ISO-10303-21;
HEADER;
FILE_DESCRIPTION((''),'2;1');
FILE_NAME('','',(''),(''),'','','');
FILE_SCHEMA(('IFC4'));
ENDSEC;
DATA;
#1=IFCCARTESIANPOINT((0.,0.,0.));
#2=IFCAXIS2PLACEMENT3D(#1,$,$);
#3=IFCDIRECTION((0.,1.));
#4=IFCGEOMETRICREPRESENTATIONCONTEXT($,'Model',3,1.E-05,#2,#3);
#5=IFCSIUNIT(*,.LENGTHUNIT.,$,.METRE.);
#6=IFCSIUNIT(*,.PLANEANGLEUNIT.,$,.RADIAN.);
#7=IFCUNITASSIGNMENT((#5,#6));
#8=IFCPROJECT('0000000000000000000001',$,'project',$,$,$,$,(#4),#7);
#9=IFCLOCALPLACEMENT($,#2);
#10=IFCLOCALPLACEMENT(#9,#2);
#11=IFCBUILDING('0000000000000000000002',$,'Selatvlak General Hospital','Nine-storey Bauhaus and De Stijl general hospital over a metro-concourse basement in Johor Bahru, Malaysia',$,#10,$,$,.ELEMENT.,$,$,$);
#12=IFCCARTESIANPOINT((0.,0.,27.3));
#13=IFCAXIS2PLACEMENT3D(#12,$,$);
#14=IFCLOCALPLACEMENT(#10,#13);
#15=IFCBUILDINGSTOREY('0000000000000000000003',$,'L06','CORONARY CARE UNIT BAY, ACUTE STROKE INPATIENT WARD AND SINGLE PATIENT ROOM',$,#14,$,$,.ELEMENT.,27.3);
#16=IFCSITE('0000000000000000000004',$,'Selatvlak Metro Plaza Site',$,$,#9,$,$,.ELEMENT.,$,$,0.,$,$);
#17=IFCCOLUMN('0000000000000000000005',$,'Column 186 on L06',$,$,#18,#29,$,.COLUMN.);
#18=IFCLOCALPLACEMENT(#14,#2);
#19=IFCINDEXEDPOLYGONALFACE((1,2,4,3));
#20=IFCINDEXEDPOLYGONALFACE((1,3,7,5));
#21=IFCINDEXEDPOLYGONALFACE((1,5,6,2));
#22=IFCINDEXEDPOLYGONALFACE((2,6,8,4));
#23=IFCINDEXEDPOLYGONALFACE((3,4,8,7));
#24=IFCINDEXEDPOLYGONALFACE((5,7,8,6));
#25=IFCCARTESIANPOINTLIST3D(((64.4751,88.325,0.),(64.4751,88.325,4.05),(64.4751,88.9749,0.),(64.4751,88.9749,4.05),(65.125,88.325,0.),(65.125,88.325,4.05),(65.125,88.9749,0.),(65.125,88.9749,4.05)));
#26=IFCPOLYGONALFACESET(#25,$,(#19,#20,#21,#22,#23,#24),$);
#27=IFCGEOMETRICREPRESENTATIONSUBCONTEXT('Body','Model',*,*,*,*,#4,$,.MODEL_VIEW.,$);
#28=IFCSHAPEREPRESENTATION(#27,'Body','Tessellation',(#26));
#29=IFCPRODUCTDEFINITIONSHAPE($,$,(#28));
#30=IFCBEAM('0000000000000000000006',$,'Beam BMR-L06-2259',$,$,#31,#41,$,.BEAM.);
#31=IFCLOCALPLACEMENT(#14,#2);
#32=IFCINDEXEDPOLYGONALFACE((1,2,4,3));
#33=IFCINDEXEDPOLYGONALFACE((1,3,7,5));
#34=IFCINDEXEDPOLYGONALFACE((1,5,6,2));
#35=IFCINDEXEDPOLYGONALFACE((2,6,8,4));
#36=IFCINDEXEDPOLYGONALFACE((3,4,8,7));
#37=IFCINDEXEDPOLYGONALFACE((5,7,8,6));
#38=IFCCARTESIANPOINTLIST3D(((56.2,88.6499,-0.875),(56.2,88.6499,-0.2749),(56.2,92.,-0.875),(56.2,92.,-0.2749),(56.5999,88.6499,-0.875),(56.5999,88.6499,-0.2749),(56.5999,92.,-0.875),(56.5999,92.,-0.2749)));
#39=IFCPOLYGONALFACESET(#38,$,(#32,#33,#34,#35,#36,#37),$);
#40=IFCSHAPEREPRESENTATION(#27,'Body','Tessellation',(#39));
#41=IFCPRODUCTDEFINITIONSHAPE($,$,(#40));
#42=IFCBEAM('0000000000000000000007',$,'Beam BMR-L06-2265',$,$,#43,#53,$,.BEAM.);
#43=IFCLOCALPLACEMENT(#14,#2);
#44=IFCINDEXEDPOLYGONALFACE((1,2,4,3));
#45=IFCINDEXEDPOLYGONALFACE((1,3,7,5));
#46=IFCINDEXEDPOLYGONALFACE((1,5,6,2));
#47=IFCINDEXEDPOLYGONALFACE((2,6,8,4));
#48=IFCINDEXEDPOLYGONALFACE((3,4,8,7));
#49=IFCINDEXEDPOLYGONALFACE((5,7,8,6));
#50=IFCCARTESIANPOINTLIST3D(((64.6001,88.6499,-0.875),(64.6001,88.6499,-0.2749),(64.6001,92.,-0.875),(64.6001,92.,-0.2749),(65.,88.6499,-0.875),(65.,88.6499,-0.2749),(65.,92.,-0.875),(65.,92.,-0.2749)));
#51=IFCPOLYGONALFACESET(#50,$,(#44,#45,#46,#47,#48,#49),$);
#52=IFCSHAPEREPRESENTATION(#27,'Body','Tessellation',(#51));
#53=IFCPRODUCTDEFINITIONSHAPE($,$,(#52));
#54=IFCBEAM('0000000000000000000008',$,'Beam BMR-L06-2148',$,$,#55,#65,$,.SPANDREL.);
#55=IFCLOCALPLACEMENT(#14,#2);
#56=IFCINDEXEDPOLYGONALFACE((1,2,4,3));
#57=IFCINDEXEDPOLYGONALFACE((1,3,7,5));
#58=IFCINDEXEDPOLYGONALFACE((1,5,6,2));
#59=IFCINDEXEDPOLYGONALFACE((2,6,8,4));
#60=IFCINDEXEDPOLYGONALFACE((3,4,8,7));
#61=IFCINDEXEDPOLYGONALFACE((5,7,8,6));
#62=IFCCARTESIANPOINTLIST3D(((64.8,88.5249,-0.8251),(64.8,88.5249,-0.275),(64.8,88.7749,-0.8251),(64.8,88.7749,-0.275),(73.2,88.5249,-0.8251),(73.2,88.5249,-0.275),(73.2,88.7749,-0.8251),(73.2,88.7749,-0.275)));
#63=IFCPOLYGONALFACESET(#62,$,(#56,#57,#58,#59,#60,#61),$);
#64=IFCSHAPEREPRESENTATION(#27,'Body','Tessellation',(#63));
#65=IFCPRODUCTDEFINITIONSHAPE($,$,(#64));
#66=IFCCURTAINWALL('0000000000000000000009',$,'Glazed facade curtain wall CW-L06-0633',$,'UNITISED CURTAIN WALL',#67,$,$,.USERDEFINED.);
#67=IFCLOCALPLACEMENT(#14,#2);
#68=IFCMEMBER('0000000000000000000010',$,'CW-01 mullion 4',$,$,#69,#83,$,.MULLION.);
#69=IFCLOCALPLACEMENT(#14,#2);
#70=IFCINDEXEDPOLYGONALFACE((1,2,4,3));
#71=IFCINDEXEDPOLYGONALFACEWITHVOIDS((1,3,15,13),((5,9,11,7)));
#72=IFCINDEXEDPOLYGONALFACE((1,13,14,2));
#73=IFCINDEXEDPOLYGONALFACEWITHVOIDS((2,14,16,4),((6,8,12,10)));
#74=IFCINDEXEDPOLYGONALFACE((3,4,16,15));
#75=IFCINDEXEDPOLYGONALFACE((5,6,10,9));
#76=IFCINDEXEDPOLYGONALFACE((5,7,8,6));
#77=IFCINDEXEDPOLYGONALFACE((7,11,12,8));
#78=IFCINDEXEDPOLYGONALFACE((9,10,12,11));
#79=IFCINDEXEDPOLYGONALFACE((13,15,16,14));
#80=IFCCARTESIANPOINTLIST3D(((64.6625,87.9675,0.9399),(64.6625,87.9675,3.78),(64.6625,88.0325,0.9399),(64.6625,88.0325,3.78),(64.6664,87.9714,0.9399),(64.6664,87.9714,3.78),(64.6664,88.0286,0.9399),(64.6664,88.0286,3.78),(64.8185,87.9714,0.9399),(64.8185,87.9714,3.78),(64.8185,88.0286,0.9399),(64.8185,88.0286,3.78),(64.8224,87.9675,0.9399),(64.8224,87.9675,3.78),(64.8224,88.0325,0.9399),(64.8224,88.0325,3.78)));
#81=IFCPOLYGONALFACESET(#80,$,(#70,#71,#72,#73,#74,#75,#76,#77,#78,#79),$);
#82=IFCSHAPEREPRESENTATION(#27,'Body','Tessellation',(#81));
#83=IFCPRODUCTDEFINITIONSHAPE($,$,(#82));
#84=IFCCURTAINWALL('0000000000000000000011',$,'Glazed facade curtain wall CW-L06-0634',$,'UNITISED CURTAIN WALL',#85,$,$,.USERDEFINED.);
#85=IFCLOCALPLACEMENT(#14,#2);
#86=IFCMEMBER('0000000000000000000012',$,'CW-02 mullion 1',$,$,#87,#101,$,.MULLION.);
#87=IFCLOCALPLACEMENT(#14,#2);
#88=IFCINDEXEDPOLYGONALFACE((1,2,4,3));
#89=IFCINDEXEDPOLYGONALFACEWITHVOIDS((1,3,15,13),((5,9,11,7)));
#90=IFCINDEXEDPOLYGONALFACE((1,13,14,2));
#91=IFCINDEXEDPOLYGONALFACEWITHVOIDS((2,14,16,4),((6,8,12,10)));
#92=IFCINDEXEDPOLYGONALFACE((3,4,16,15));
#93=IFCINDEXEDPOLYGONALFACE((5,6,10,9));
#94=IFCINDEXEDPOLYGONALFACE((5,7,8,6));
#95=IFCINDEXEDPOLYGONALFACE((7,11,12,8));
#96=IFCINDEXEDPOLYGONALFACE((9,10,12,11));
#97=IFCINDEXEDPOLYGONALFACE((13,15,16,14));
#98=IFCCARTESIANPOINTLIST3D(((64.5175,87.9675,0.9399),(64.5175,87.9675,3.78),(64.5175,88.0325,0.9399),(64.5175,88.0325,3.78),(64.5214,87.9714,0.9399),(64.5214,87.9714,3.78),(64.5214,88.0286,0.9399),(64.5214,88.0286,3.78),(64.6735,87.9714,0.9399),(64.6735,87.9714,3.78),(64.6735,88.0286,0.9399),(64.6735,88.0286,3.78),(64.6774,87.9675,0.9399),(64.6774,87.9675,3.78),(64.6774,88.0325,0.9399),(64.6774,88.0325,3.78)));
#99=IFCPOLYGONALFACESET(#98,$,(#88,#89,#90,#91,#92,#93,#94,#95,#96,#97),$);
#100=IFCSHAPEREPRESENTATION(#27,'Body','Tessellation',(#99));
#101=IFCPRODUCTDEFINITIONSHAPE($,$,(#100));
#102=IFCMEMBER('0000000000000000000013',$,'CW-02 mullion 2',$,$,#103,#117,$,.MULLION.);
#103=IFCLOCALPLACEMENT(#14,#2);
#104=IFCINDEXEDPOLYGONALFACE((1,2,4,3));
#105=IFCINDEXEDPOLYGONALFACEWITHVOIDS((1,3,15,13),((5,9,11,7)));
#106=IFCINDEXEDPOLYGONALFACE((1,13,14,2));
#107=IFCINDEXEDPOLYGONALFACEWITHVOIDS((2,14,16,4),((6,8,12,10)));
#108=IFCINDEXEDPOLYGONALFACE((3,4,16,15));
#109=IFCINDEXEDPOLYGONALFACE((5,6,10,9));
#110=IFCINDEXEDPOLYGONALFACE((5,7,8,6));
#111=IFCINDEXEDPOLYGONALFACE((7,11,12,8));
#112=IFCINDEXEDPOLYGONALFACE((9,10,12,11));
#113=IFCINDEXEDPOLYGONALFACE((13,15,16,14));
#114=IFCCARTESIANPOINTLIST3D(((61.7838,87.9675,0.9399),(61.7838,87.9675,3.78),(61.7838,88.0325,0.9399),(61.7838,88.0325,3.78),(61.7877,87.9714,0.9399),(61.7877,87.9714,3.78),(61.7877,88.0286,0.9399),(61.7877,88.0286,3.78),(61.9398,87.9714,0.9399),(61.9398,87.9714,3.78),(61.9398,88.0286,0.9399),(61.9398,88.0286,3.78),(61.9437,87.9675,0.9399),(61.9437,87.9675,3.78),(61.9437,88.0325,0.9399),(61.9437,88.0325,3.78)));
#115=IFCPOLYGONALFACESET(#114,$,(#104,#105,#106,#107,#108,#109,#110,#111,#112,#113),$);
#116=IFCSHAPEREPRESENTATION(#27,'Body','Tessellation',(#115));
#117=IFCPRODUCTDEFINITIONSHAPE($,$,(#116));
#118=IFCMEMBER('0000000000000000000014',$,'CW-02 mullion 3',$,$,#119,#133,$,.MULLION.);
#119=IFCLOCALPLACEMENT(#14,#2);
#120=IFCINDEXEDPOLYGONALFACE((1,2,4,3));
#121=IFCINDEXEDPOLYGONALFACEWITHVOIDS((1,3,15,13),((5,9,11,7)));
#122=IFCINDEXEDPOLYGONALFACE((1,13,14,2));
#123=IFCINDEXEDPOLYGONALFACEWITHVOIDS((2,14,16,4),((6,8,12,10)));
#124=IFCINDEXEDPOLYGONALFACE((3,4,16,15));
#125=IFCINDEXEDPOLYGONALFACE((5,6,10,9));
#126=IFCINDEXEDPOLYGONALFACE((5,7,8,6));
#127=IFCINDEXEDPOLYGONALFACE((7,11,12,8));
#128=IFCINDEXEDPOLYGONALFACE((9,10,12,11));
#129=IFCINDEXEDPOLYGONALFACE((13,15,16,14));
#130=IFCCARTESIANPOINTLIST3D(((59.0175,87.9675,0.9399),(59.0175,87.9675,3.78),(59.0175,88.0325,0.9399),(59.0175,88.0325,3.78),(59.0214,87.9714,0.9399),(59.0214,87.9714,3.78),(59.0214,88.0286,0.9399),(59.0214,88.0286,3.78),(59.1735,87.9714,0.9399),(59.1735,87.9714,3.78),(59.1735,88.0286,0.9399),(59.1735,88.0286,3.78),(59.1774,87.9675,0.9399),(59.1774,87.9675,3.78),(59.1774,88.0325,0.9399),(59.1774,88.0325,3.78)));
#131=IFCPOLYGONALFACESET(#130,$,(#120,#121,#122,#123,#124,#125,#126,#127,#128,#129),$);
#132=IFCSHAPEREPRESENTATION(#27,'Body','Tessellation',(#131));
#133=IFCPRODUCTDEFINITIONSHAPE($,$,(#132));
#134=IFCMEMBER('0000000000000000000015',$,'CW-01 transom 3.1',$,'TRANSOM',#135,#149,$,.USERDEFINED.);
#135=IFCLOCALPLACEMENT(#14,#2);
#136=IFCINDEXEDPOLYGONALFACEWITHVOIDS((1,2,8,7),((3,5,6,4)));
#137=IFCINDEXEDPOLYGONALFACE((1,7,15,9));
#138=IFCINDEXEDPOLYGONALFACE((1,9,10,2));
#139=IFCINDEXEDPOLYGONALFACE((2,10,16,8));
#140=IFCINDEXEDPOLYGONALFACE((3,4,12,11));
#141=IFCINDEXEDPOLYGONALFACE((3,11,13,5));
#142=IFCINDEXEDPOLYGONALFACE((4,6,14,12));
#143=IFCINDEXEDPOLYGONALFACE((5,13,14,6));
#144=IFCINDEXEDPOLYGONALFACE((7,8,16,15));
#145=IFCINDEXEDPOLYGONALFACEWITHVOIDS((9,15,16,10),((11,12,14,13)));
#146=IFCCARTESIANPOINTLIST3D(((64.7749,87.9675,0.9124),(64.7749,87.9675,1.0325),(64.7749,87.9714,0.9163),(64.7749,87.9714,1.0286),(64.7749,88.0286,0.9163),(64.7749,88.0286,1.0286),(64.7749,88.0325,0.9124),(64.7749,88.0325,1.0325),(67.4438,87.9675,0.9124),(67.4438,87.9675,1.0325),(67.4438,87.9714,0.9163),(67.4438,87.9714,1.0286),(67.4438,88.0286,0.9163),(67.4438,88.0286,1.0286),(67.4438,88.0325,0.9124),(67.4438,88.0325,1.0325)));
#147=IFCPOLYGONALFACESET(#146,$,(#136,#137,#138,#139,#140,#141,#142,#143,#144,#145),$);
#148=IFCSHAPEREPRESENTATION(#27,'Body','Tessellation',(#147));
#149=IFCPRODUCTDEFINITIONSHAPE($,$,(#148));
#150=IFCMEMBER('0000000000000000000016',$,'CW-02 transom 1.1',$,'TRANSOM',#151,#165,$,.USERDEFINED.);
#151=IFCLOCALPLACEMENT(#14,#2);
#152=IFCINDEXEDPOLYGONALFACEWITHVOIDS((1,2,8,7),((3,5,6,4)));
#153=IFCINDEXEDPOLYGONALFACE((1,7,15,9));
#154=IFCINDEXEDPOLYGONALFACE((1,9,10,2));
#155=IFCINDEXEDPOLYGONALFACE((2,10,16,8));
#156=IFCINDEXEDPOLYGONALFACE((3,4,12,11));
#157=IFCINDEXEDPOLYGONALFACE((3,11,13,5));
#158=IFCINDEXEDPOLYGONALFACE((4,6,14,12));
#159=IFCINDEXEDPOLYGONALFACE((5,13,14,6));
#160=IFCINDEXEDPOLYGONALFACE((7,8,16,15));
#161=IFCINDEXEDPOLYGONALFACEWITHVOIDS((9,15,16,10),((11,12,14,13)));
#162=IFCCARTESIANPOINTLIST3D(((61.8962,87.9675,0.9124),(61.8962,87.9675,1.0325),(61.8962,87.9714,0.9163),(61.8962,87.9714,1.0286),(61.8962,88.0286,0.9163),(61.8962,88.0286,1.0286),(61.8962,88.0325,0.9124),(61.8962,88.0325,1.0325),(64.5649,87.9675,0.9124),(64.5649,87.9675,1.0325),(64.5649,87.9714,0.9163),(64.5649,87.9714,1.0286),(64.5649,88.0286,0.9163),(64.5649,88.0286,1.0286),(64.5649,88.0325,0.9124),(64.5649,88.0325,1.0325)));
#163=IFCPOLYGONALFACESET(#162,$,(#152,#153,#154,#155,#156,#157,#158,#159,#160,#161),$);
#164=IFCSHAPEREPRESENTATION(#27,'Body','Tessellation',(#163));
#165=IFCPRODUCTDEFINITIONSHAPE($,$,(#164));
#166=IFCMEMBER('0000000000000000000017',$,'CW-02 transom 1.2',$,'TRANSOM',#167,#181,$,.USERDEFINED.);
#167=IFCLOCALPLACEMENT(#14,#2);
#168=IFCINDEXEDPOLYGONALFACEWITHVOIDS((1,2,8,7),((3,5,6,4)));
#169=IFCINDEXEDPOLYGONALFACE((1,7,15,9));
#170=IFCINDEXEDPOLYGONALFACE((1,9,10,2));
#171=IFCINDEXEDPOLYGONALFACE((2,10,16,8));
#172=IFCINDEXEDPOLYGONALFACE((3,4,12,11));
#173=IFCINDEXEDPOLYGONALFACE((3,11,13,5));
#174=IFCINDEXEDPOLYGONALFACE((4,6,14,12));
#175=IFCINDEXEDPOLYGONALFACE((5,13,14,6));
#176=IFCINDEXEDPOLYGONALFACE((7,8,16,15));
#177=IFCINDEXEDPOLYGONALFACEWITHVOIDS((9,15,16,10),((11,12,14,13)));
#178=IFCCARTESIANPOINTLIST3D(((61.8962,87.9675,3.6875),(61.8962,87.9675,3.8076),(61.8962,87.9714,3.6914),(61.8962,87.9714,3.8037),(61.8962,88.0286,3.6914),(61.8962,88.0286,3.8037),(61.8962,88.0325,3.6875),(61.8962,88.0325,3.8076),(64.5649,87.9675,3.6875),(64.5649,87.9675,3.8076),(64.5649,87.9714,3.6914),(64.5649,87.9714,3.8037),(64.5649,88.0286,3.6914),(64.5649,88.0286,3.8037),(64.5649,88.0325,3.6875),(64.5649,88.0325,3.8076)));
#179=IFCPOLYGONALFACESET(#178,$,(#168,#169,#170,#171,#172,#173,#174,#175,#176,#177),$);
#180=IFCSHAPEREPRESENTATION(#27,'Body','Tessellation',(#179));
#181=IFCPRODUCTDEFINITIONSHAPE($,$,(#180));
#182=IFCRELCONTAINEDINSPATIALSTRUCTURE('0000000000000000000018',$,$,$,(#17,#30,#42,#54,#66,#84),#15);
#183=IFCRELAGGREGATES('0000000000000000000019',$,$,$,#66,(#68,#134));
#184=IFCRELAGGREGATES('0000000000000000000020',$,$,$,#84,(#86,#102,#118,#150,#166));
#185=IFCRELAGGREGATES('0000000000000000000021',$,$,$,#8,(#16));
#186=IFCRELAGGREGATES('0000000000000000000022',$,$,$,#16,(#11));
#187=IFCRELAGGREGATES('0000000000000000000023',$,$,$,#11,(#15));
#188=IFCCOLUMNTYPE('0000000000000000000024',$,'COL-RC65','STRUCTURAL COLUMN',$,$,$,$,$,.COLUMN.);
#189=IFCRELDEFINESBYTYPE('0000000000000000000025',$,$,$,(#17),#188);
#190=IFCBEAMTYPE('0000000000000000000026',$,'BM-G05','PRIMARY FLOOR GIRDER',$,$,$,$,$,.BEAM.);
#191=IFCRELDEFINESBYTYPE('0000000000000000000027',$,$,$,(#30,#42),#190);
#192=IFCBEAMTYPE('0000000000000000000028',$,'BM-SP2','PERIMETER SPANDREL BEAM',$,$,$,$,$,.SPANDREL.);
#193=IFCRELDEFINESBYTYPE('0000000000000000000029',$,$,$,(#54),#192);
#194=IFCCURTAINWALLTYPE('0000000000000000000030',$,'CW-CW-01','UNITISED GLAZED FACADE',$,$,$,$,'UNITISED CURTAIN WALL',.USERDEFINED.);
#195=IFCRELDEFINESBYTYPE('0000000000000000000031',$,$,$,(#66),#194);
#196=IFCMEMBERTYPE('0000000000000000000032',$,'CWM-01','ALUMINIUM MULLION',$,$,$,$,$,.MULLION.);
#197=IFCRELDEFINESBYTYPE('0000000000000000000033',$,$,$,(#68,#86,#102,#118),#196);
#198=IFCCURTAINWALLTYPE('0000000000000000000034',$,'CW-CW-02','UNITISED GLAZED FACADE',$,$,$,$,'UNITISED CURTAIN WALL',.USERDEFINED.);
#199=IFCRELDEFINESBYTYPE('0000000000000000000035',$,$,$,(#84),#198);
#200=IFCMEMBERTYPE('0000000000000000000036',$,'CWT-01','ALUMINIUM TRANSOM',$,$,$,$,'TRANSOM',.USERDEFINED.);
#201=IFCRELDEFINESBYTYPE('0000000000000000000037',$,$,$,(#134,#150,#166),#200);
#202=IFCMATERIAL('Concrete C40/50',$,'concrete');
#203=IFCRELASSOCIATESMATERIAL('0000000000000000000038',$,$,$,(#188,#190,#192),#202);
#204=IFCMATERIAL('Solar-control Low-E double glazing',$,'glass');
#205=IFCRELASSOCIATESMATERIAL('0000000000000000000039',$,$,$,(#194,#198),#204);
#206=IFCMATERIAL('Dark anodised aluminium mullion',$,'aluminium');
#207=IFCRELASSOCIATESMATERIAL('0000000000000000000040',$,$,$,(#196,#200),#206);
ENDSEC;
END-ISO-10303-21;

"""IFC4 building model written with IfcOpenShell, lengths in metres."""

from ifc_helpers import new_model, si_unit, direction, frame, origin, origin_2d, place, context, subcontext, project, spatial, rectangle, hollow_rectangle, extrude, material, material_profile, profile_set, type_object, element, aggregate, save


model = new_model("IFC4")

# Units and contexts
model_context = context("Model", 3, precision=1e-05, world=origin(), true_north=direction((0.0, 1.0)))
body_context = subcontext(model_context, "Body", "Model", "MODEL_VIEW")
ifc_project = project(units=[si_unit("LENGTHUNIT", "METRE"), si_unit("PLANEANGLEUNIT", "RADIAN")], contexts=[model_context])

# Site, building, storey
site_placement = place(None, origin())
site = spatial("IfcSite", under=ifc_project, at=site_placement, Name="Selatvlak Metro Plaza Site", CompositionType="ELEMENT", RefElevation=0.0)
building_placement = place(site_placement, origin())
building = spatial("IfcBuilding", under=site, at=building_placement, Name="Selatvlak General Hospital", Description="Nine-storey Bauhaus and De Stijl general hospital over a metro-concourse basement in Johor Bahru, Malaysia", CompositionType="ELEMENT")
storey_placement = place(building_placement, frame((0.0, 0.0, 27.3)))
storey = spatial("IfcBuildingStorey", under=building, at=storey_placement, Name="L06", Description="CORONARY CARE UNIT BAY, ACUTE STROKE INPATIENT WARD AND SINGLE PATIENT ROOM", CompositionType="ELEMENT", Elevation=27.3)

# Column
ifc_material_1 = material(Name="Concrete C40/50", Category="concrete")
ifc_material_profile_1 = material_profile(ifc_material_1, rectangle(XDim=0.6499, YDim=0.6499, at=origin_2d()), Name="RC-COL 650x650")
ifc_profile_set_1 = profile_set([ifc_material_profile_1], Name="Concrete C40/50")
column_type = type_object("IfcColumnType", Name="COL-RC65", Description="STRUCTURAL COLUMN", PredefinedType="COLUMN", material=ifc_profile_set_1)
column_placement = place(storey_placement, frame((64.8, 88.6499, 0.0), z_axis=(0.0, 0.0, 1.0), x_axis=(1.0, 0.0, 0.0)))
element("IfcColumn", 1, at=column_placement, inside=storey, type_object=column_type, Name="Column 186 on L06", PredefinedType="COLUMN", context=body_context, shape_type="SweptSolid", body=[
    extrude(rectangle(XDim=0.6499, YDim=0.6499, at=origin_2d()), origin(), (0.0, 0.0, 1.0), 4.05),
])

# Beams
ifc_material_profile_2 = material_profile(ifc_material_1, rectangle(XDim=0.3999, YDim=0.6001, at=origin_2d()), Name="RC-BM 400x600")
ifc_profile_set_2 = profile_set([ifc_material_profile_2], Name="Concrete C40/50")
beam_type_1 = type_object("IfcBeamType", Name="BM-G05", Description="PRIMARY FLOOR GIRDER", PredefinedType="BEAM", material=ifc_profile_set_2)
for number, where, z_axis, x_axis, name in (
    (2, (56.3999, 88.6499, -0.575), (0.0, 1.0, 0.0), (-1.0, 0.0, 0.0), "Beam BMR-L06-2259"),
    (3, (64.8, 88.6499, -0.575), (0.0, 1.0, 0.0), (-1.0, 0.0, 0.0), "Beam BMR-L06-2265"),
):
    element("IfcBeam", number, at=place(storey_placement, frame(where, z_axis=z_axis, x_axis=x_axis)), inside=storey, type_object=beam_type_1, Name=name, PredefinedType="BEAM", context=body_context, shape_type="SweptSolid", body=[
        extrude(rectangle(XDim=0.3999, YDim=0.6001, at=origin_2d()), origin(), (0.0, 0.0, 1.0), 3.3501),
    ])
ifc_material_profile_3 = material_profile(ifc_material_1, rectangle(XDim=0.25, YDim=0.55, at=origin_2d()), Name="RC-SP 250x550")
ifc_profile_set_3 = profile_set([ifc_material_profile_3], Name="Concrete C40/50")
beam_type_2 = type_object("IfcBeamType", Name="BM-SP2", Description="PERIMETER SPANDREL BEAM", PredefinedType="SPANDREL", material=ifc_profile_set_3)
beam_placement = place(storey_placement, frame((64.8, 88.6499, -0.55), z_axis=(1.0, 0.0, 0.0), x_axis=(0.0, 1.0, 0.0)))
element("IfcBeam", 4, at=beam_placement, inside=storey, type_object=beam_type_2, Name="Beam BMR-L06-2148", PredefinedType="SPANDREL", context=body_context, shape_type="SweptSolid", body=[
    extrude(rectangle(XDim=0.25, YDim=0.55, at=origin_2d()), origin(), (0.0, 0.0, 1.0), 8.3999),
])

# Curtain wall, member
ifc_material_2 = material(Name="Solar-control Low-E double glazing", Category="glass")
curtain_wall_type_1 = type_object("IfcCurtainWallType", Name="CW-CW-01", Description="UNITISED GLAZED FACADE", ElementType="UNITISED CURTAIN WALL", PredefinedType="USERDEFINED", material=ifc_material_2)
curtain_wall_1_placement = place(storey_placement, origin())
curtain_wall_1 = element("IfcCurtainWall", 5, at=curtain_wall_1_placement, inside=storey, type_object=curtain_wall_type_1, Name="Glazed facade curtain wall CW-L06-0633", ObjectType="UNITISED CURTAIN WALL", PredefinedType="USERDEFINED")
ifc_material_3 = material(Name="Dark anodised aluminium mullion", Category="aluminium")
ifc_material_profile_4 = material_profile(ifc_material_3, hollow_rectangle(XDim=0.0649, YDim=0.1599, WallThickness=0.0039, at=origin_2d()), Name="AL-MUL 65x160x4")
ifc_profile_set_4 = profile_set([ifc_material_profile_4], Name="Dark anodised aluminium mullion")
member_type_1 = type_object("IfcMemberType", Name="CWM-01", Description="ALUMINIUM MULLION", PredefinedType="MULLION", material=ifc_profile_set_4)
member_1_placement = place(storey_placement, frame((64.7424, 88.0, 0.9399), z_axis=(0.0, 0.0, 1.0), x_axis=(0.0, -1.0, 0.0)))
member_1 = element("IfcMember", 6, at=member_1_placement, type_object=member_type_1, Name="CW-01 mullion 4", PredefinedType="MULLION", context=body_context, shape_type="SweptSolid", body=[
    extrude(hollow_rectangle(XDim=0.0649, YDim=0.1599, WallThickness=0.0039, at=origin_2d()), origin(), (0.0, 0.0, 1.0), 2.8401),
])

# Curtain wall, members
curtain_wall_type_2 = type_object("IfcCurtainWallType", Name="CW-CW-02", Description="UNITISED GLAZED FACADE", ElementType="UNITISED CURTAIN WALL", PredefinedType="USERDEFINED", material=ifc_material_2)
curtain_wall_2_placement = place(storey_placement, origin())
curtain_wall_2 = element("IfcCurtainWall", 7, at=curtain_wall_2_placement, inside=storey, type_object=curtain_wall_type_2, Name="Glazed facade curtain wall CW-L06-0634", ObjectType="UNITISED CURTAIN WALL", PredefinedType="USERDEFINED")
member_2_placement = place(storey_placement, frame((64.5974, 88.0, 0.9399), z_axis=(0.0, 0.0, 1.0), x_axis=(0.0, -1.0, 0.0)))
member_2 = element("IfcMember", 8, at=member_2_placement, type_object=member_type_1, Name="CW-02 mullion 1", PredefinedType="MULLION", context=body_context, shape_type="SweptSolid", body=[
    extrude(hollow_rectangle(XDim=0.0649, YDim=0.1599, WallThickness=0.0039, at=origin_2d()), origin(), (0.0, 0.0, 1.0), 2.8401),
])
member_3_placement = place(storey_placement, frame((61.8638, 88.0, 0.9399), z_axis=(0.0, 0.0, 1.0), x_axis=(0.0, -1.0, 0.0)))
member_3 = element("IfcMember", 9, at=member_3_placement, type_object=member_type_1, Name="CW-02 mullion 2", PredefinedType="MULLION", context=body_context, shape_type="SweptSolid", body=[
    extrude(hollow_rectangle(XDim=0.0649, YDim=0.1599, WallThickness=0.0039, at=origin_2d()), origin(), (0.0, 0.0, 1.0), 2.8401),
])
member_4_placement = place(storey_placement, frame((59.0974, 88.0, 0.9399), z_axis=(0.0, 0.0, 1.0), x_axis=(0.0, -1.0, 0.0)))
member_4 = element("IfcMember", 10, at=member_4_placement, type_object=member_type_1, Name="CW-02 mullion 3", PredefinedType="MULLION", context=body_context, shape_type="SweptSolid", body=[
    extrude(hollow_rectangle(XDim=0.0649, YDim=0.1599, WallThickness=0.0039, at=origin_2d()), origin(), (0.0, 0.0, 1.0), 2.8401),
])

# Members
ifc_material_profile_5 = material_profile(ifc_material_3, hollow_rectangle(XDim=0.0649, YDim=0.1201, WallThickness=0.0039, at=origin_2d()), Name="AL-TRN 65x120x4")
ifc_profile_set_5 = profile_set([ifc_material_profile_5], Name="Dark anodised aluminium mullion")
member_type_2 = type_object("IfcMemberType", Name="CWT-01", Description="ALUMINIUM TRANSOM", ElementType="TRANSOM", PredefinedType="USERDEFINED", material=ifc_profile_set_5)
member_5_placement = place(storey_placement, frame((67.4438, 88.0, 0.9724), z_axis=(-1.0, 0.0, 0.0), x_axis=(0.0, -1.0, 0.0)))
member_5 = element("IfcMember", 11, at=member_5_placement, type_object=member_type_2, Name="CW-01 transom 3.1", ObjectType="TRANSOM", PredefinedType="USERDEFINED", context=body_context, shape_type="SweptSolid", body=[
    extrude(hollow_rectangle(XDim=0.0649, YDim=0.1201, WallThickness=0.0039, at=origin_2d()), origin(), (0.0, 0.0, 1.0), 2.6689),
])
member_6_placement = place(storey_placement, frame((64.5649, 88.0, 0.9724), z_axis=(-1.0, 0.0, 0.0), x_axis=(0.0, -1.0, 0.0)))
member_6 = element("IfcMember", 12, at=member_6_placement, type_object=member_type_2, Name="CW-02 transom 1.1", ObjectType="TRANSOM", PredefinedType="USERDEFINED", context=body_context, shape_type="SweptSolid", body=[
    extrude(hollow_rectangle(XDim=0.0649, YDim=0.1201, WallThickness=0.0039, at=origin_2d()), origin(), (0.0, 0.0, 1.0), 2.6687),
])
member_7_placement = place(storey_placement, frame((64.5649, 88.0, 3.7476), z_axis=(-1.0, 0.0, 0.0), x_axis=(0.0, -1.0, 0.0)))
member_7 = element("IfcMember", 13, at=member_7_placement, type_object=member_type_2, Name="CW-02 transom 1.2", ObjectType="TRANSOM", PredefinedType="USERDEFINED", context=body_context, shape_type="SweptSolid", body=[
    extrude(hollow_rectangle(XDim=0.0649, YDim=0.1201, WallThickness=0.0039, at=origin_2d()), origin(), (0.0, 0.0, 1.0), 2.6687),
])

aggregate(curtain_wall_1, [member_1, member_5])
aggregate(curtain_wall_2, [member_2, member_3, member_4, member_6, member_7])

save(model, "model.ifc")
